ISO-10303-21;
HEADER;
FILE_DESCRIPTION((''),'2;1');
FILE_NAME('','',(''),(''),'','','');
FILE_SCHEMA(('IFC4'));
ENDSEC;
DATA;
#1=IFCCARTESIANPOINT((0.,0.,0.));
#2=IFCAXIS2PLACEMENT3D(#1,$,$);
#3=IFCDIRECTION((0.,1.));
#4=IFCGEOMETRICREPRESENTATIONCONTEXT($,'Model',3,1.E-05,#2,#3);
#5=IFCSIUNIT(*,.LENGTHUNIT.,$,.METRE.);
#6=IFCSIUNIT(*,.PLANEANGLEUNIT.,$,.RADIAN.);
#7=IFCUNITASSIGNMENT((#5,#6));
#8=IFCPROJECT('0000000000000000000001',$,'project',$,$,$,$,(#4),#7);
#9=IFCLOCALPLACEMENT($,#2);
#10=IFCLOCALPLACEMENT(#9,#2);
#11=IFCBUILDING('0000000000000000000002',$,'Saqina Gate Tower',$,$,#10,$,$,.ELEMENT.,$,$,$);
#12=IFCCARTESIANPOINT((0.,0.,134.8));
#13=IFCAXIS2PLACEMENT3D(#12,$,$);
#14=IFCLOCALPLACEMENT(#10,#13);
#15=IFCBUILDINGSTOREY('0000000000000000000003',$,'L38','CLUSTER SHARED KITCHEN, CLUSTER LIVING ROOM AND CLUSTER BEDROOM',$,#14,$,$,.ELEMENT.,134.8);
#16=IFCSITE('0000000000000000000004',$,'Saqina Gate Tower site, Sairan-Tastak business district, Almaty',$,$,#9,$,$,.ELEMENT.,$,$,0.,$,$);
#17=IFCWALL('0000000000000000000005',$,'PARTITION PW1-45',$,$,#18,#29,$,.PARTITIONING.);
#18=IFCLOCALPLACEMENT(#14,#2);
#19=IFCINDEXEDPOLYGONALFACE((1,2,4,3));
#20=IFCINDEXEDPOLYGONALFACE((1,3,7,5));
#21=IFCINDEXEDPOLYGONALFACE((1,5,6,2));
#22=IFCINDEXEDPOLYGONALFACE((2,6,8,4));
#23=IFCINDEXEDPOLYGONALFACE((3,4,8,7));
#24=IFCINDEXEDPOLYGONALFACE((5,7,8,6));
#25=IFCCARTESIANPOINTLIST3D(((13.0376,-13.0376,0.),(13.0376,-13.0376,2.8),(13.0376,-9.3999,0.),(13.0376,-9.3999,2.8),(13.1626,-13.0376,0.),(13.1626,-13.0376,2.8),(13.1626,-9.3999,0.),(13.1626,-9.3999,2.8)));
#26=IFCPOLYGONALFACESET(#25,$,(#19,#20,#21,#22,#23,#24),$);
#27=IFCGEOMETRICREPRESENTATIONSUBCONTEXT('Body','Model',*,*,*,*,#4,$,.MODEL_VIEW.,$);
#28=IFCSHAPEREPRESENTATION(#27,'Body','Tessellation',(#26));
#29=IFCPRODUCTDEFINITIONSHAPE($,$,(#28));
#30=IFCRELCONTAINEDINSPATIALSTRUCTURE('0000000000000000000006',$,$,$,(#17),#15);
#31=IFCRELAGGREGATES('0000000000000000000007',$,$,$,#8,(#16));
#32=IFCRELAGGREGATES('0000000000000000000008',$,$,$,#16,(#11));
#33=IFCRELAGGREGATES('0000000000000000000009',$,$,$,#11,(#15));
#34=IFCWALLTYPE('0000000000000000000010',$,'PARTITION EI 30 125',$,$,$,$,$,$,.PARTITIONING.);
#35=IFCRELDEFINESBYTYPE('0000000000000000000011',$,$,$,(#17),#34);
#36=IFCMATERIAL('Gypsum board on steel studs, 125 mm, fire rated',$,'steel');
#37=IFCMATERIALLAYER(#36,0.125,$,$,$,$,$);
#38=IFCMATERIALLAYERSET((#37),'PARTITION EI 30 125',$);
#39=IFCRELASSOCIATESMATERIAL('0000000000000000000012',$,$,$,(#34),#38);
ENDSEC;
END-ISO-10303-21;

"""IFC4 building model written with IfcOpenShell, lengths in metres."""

from ifc_helpers import new_model, si_unit, direction, frame, frame_2d, origin, place, context, subcontext, project, spatial, rectangle, extrude, material, layer, layer_set, type_object, element, save


model = new_model("IFC4")

# Units and contexts
model_context = context("Model", 3, precision=1e-05, world=origin(), true_north=direction((0.0, 1.0)))
body_context = subcontext(model_context, "Body", "Model", "MODEL_VIEW")
ifc_project = project(units=[si_unit("LENGTHUNIT", "METRE"), si_unit("PLANEANGLEUNIT", "RADIAN")], contexts=[model_context])

# Site, building, storey
site_placement = place(None, origin())
site = spatial("IfcSite", under=ifc_project, at=site_placement, Name="Saqina Gate Tower site, Sairan-Tastak business district, Almaty", CompositionType="ELEMENT", RefElevation=0.0)
building_placement = place(site_placement, origin())
building = spatial("IfcBuilding", under=site, at=building_placement, Name="Saqina Gate Tower", CompositionType="ELEMENT")
storey_placement = place(building_placement, frame((0.0, 0.0, 134.8)))
storey = spatial("IfcBuildingStorey", under=building, at=storey_placement, Name="L38", Description="CLUSTER SHARED KITCHEN, CLUSTER LIVING ROOM AND CLUSTER BEDROOM", CompositionType="ELEMENT", Elevation=134.8)

# Wall
ifc_material_1 = material(Name="Gypsum board on steel studs, 125 mm, fire rated", Category="steel")
ifc_layer_1 = layer(ifc_material_1, 0.125)
ifc_layer_set_1 = layer_set([ifc_layer_1], Name="PARTITION EI 30 125")
wall_type_1 = type_object("IfcWallType", Name="PARTITION EI 30 125", PredefinedType="PARTITIONING", material=ifc_layer_set_1)
wall_1_placement = place(storey_placement, frame((13.1001, -13.0376, 0.0), z_axis=(0.0, 0.0, 1.0), x_axis=(0.0, 1.0, 0.0)))
element("IfcWall", 1, at=wall_1_placement, inside=storey, type_object=wall_type_1, Name="PARTITION PW1-45", PredefinedType="PARTITIONING", context=body_context, shape_type="SweptSolid", body=[
    extrude(rectangle(XDim=3.6377, YDim=0.125, at=frame_2d((1.8188, 0.0))), origin(), (0.0, 0.0, 1.0), 2.8),
])

save(model, "model.ifc")
